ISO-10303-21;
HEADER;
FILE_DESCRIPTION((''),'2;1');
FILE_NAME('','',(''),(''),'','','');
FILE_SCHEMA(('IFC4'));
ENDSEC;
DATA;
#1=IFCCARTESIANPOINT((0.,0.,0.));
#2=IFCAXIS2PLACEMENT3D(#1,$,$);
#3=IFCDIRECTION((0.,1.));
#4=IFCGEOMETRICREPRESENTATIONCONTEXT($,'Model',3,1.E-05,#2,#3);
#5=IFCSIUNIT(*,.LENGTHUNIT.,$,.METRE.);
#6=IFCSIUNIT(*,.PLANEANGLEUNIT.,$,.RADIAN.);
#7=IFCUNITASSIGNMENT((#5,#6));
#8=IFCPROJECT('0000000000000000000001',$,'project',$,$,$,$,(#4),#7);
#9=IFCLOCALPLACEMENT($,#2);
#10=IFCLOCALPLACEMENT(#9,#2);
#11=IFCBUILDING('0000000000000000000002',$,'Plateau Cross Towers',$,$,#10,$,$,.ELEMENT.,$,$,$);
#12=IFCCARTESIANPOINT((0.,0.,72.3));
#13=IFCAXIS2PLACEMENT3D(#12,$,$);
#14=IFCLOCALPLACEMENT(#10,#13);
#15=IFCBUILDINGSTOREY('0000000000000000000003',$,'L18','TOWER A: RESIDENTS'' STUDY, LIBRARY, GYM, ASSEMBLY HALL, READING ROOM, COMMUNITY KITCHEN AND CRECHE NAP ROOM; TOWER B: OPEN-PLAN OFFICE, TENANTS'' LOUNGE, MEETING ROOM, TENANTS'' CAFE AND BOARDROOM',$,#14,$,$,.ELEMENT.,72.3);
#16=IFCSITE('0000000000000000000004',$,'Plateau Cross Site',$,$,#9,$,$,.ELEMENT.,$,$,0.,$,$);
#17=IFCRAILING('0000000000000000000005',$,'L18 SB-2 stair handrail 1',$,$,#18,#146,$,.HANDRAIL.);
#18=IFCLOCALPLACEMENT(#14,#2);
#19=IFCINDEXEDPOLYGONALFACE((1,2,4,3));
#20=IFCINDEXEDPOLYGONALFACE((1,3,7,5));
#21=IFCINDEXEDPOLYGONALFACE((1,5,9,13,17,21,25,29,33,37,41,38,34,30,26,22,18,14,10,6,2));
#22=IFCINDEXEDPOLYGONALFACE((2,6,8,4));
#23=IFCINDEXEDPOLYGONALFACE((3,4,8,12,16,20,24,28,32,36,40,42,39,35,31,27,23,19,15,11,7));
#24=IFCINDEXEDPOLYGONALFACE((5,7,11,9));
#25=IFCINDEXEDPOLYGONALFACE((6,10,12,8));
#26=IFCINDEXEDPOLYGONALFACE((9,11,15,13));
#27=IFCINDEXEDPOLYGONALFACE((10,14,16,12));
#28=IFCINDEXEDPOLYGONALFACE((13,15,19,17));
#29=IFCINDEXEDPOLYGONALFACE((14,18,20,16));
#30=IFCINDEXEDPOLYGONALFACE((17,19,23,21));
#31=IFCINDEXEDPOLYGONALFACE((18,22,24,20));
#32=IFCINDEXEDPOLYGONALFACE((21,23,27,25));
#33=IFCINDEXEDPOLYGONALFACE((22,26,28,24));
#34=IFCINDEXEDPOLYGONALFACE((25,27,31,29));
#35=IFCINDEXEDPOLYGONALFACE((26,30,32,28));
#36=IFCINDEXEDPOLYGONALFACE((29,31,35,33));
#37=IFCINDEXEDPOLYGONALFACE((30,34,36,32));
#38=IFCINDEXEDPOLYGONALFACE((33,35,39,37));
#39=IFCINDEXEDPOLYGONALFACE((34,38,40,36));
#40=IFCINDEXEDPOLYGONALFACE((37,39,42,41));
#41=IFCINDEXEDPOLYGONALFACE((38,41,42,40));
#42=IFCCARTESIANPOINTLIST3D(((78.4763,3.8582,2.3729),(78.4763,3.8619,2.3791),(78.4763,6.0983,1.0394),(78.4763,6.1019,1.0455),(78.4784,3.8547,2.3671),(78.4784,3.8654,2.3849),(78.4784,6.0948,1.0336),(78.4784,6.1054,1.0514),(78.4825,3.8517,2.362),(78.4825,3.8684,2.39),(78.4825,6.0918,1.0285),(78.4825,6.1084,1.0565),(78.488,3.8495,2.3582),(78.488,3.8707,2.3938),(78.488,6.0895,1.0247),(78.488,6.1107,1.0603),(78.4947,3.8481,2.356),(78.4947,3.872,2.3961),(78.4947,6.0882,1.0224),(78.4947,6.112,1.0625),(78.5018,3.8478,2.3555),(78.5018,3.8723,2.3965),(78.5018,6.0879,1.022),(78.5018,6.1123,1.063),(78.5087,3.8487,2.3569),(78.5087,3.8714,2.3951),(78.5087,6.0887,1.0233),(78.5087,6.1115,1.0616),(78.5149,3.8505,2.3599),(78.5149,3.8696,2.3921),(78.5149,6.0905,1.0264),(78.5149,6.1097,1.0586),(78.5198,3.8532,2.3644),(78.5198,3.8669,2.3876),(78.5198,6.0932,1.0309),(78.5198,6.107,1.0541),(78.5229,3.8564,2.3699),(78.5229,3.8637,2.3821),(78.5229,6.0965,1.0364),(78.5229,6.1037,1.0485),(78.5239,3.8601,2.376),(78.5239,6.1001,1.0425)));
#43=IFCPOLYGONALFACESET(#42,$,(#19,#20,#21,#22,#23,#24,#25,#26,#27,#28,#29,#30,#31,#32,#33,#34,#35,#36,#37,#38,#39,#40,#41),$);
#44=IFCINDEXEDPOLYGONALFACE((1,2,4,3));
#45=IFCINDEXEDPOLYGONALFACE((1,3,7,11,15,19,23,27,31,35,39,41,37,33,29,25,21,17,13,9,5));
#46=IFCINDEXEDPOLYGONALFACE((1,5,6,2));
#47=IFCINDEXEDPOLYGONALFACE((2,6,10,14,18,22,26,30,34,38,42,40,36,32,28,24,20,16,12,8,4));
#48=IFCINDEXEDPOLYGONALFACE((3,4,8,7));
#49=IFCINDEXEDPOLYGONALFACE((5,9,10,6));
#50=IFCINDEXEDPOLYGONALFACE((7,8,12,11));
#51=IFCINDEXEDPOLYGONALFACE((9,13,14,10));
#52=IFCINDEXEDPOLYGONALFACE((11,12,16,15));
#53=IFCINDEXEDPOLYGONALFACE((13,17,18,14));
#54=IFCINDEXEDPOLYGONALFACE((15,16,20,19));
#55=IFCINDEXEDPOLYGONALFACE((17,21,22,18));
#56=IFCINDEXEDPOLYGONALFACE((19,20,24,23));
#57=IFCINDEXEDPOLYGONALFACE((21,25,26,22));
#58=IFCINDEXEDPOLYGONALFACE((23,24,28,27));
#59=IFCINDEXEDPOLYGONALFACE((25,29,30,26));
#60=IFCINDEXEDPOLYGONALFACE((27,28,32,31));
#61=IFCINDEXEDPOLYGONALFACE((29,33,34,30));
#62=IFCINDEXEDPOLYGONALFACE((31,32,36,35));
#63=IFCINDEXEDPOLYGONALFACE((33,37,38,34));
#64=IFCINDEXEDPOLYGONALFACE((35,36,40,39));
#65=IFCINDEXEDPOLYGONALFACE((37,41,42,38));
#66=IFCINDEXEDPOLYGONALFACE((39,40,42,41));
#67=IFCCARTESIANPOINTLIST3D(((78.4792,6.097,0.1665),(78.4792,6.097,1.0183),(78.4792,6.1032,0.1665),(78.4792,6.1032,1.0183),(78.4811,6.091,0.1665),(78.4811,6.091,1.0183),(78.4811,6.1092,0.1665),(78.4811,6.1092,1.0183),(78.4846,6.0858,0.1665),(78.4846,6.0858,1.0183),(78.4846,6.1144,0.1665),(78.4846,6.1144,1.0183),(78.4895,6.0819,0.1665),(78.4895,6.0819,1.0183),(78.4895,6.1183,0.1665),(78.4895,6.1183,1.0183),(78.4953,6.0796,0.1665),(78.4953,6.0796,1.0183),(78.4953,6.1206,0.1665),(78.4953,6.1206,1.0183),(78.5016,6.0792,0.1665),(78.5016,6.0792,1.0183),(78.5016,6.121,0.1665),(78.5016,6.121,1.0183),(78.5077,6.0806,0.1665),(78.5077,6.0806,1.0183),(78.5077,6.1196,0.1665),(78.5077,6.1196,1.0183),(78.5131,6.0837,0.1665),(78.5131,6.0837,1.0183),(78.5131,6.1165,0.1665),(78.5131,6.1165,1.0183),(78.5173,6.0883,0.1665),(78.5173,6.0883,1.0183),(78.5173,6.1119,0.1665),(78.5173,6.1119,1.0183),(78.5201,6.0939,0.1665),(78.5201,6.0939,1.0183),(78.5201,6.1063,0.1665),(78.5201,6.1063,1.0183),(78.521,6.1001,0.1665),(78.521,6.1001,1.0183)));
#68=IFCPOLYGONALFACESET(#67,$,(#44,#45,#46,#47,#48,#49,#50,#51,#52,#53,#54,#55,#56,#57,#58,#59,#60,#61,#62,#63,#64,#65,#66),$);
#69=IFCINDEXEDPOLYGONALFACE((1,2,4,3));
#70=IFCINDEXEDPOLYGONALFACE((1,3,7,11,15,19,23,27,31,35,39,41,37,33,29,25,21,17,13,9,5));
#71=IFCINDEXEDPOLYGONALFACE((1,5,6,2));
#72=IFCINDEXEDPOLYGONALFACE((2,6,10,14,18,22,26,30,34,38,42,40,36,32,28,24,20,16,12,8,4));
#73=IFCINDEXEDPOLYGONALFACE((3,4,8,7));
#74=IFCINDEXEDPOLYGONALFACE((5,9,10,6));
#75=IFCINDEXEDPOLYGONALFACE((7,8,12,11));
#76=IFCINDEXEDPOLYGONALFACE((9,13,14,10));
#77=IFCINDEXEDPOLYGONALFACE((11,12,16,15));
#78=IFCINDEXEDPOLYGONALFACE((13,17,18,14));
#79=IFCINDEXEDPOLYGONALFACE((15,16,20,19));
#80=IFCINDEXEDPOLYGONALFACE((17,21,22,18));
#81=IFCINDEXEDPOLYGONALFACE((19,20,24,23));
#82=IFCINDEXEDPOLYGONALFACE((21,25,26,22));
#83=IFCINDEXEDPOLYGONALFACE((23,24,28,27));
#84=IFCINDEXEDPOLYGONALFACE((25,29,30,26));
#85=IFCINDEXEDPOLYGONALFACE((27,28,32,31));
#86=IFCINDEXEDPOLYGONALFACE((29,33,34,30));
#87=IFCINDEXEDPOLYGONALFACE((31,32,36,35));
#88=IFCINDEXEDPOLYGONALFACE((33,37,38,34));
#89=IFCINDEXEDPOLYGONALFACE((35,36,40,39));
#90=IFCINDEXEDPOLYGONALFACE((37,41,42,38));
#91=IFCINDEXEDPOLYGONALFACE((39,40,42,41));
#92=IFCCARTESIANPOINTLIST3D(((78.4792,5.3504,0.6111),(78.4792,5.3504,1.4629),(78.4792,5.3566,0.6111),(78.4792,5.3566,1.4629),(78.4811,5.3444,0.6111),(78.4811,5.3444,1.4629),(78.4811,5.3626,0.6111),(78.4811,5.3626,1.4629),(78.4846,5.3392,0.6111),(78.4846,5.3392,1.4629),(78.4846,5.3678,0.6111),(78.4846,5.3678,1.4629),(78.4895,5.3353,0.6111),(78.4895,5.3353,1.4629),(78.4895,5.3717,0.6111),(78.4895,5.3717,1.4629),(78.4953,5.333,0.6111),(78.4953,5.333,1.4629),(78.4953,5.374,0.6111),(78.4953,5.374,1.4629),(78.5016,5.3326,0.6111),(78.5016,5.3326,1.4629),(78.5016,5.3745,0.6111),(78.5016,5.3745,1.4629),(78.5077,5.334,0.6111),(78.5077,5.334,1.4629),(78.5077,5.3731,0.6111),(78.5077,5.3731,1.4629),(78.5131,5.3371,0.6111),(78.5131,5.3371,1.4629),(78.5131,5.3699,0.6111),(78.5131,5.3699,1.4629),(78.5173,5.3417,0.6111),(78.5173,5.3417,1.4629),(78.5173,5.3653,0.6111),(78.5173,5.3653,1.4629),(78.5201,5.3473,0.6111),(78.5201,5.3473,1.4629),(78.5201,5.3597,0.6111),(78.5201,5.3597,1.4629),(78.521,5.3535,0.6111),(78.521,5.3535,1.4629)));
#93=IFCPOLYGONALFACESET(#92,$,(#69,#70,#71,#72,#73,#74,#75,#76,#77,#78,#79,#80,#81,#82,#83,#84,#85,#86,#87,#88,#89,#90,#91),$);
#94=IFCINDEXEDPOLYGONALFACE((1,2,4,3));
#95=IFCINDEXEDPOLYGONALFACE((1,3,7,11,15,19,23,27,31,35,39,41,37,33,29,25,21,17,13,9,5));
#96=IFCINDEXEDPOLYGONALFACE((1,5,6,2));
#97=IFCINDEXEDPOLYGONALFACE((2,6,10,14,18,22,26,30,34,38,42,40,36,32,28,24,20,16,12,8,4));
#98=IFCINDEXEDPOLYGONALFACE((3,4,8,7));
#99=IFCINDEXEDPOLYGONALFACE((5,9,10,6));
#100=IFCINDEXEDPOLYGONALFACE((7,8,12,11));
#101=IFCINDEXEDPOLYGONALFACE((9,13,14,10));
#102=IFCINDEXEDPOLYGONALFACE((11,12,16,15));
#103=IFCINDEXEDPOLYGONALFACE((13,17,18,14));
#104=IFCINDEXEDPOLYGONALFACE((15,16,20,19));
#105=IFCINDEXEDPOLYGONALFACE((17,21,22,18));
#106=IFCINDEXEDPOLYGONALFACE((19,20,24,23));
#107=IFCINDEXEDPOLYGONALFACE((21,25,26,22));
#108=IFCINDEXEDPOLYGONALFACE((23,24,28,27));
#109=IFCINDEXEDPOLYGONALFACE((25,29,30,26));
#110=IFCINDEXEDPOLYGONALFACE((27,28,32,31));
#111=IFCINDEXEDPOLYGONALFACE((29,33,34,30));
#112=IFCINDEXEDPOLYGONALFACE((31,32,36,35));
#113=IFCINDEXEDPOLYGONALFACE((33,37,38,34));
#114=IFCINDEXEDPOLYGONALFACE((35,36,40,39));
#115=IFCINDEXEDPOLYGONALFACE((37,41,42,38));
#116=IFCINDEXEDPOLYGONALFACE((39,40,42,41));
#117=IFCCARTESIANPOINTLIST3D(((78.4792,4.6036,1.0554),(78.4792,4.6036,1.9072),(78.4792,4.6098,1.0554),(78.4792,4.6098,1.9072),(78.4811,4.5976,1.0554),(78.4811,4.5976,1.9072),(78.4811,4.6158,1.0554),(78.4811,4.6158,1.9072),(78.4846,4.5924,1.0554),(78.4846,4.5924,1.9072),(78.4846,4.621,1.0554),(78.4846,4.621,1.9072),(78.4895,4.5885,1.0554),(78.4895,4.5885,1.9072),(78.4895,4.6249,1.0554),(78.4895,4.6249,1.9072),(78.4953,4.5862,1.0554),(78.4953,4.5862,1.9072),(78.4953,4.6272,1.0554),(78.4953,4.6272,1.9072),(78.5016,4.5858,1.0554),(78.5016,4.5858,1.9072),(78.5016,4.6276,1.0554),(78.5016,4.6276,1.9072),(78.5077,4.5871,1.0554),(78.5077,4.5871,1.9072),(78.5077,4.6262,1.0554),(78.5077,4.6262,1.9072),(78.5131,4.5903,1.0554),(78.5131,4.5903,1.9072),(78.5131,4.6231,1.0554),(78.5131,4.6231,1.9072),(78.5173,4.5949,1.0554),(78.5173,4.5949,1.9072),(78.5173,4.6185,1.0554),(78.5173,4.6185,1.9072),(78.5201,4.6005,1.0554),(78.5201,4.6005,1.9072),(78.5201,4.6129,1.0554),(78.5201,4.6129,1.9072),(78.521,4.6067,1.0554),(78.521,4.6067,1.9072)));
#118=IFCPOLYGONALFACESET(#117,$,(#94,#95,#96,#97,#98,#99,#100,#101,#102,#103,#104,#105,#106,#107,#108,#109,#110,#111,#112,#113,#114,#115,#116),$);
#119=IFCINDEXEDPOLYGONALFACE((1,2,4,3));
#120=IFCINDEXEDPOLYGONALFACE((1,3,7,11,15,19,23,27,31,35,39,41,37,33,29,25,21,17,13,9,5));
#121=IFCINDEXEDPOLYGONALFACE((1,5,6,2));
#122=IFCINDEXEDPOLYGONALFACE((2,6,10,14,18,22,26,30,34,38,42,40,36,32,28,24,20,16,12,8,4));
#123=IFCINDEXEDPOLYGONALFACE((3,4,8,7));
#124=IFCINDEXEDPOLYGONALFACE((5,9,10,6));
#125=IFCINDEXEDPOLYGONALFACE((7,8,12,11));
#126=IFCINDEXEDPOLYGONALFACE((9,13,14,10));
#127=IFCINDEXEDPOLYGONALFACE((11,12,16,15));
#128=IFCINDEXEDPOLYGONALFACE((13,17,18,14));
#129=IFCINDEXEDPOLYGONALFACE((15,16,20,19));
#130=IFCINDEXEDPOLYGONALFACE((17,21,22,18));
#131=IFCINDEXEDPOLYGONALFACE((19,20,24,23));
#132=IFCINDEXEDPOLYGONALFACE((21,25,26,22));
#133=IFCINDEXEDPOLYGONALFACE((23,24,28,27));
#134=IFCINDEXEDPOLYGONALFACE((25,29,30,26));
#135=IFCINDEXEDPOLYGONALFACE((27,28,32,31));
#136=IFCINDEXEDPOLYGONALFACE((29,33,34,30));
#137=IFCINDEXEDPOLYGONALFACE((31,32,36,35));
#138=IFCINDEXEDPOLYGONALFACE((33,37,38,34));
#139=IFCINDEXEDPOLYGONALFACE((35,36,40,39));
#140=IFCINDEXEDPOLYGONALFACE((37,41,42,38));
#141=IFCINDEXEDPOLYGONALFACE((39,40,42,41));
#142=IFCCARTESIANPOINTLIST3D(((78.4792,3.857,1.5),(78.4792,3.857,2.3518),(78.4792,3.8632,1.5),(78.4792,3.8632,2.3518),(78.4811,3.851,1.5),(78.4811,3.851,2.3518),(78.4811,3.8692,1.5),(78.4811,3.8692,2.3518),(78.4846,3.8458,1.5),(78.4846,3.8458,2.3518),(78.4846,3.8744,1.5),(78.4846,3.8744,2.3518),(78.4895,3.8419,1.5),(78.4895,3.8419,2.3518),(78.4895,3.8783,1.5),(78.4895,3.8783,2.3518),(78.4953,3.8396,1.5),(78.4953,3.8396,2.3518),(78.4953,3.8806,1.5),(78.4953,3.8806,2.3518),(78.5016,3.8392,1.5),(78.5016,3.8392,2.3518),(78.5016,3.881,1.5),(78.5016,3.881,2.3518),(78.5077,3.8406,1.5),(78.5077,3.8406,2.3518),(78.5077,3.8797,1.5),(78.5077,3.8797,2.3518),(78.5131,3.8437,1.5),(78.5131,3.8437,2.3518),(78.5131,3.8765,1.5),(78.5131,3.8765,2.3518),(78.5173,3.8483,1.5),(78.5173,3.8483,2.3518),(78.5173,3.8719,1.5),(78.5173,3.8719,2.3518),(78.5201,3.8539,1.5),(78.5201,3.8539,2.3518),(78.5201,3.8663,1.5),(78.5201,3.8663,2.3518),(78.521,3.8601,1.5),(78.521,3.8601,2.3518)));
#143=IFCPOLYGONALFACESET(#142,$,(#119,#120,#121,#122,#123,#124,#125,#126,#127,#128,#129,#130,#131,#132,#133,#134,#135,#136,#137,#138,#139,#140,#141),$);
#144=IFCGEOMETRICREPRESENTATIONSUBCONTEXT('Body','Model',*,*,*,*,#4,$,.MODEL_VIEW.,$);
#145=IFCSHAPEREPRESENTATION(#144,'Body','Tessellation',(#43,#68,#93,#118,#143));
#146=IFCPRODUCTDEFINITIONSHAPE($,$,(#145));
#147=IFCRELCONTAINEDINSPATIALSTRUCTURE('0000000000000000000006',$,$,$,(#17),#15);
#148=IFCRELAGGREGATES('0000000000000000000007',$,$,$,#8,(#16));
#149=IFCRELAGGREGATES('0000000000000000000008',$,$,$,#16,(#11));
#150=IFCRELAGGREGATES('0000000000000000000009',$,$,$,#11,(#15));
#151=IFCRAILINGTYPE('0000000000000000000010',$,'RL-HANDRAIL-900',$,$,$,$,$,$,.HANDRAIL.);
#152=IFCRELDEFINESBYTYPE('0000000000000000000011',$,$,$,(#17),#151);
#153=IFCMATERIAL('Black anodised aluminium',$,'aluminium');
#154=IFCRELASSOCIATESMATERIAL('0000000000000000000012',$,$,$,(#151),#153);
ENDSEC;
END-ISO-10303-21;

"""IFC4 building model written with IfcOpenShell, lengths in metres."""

from ifc_helpers import new_model, si_unit, direction, frame, origin, origin_2d, place, context, subcontext, project, spatial, circle, extrude, material, type_object, element, save


model = new_model("IFC4")

# Units and contexts
model_context = context("Model", 3, precision=1e-05, world=origin(), true_north=direction((0.0, 1.0)))
body_context = subcontext(model_context, "Body", "Model", "MODEL_VIEW")
ifc_project = project(units=[si_unit("LENGTHUNIT", "METRE"), si_unit("PLANEANGLEUNIT", "RADIAN")], contexts=[model_context])

# Site, building, storey
site_placement = place(None, origin())
site = spatial("IfcSite", under=ifc_project, at=site_placement, Name="Plateau Cross Site", CompositionType="ELEMENT", RefElevation=0.0)
building_placement = place(site_placement, origin())
building = spatial("IfcBuilding", under=site, at=building_placement, Name="Plateau Cross Towers", CompositionType="ELEMENT")
storey_placement = place(building_placement, frame((0.0, 0.0, 72.3)))
storey = spatial("IfcBuildingStorey", under=building, at=storey_placement, Name="L18", Description="TOWER A: RESIDENTS' STUDY, LIBRARY, GYM, ASSEMBLY HALL, READING ROOM, COMMUNITY KITCHEN AND CRECHE NAP ROOM; TOWER B: OPEN-PLAN OFFICE, TENANTS' LOUNGE, MEETING ROOM, TENANTS' CAFE AND BOARDROOM", CompositionType="ELEMENT", Elevation=72.3)

# Railing
ifc_material_1 = material(Name="Black anodised aluminium", Category="aluminium")
railing_type_1 = type_object("IfcRailingType", Name="RL-HANDRAIL-900", PredefinedType="HANDRAIL", material=ifc_material_1)
railing_1_placement = place(storey_placement, frame((78.5, 6.1001, 0.1665)))
element("IfcRailing", 1, at=railing_1_placement, inside=storey, type_object=railing_type_1, Name="L18 SB-2 stair handrail 1", PredefinedType="HANDRAIL", context=body_context, shape_type="SweptSolid", body=[
    extrude(circle(Radius=0.0239, at=origin_2d()), frame((0.0, 0.0, 0.876), z_axis=(0.0, -0.859264, 0.511532), x_axis=(1.0, 0.0, 0.0)), (0.0, 0.0, 1.0), 2.6069),
    extrude(circle(Radius=0.021, at=origin_2d()), origin(), (0.0, 0.0, 1.0), 0.8518),
    extrude(circle(Radius=0.021, at=origin_2d()), frame((0.0, -0.7466, 0.4446)), (0.0, 0.0, 1.0), 0.8518),
    extrude(circle(Radius=0.021, at=origin_2d()), frame((0.0, -1.4934, 0.8889)), (0.0, 0.0, 1.0), 0.8518),
    extrude(circle(Radius=0.021, at=origin_2d()), frame((0.0, -2.24, 1.3335)), (0.0, 0.0, 1.0), 0.8518),
])

save(model, "model.ifc")
